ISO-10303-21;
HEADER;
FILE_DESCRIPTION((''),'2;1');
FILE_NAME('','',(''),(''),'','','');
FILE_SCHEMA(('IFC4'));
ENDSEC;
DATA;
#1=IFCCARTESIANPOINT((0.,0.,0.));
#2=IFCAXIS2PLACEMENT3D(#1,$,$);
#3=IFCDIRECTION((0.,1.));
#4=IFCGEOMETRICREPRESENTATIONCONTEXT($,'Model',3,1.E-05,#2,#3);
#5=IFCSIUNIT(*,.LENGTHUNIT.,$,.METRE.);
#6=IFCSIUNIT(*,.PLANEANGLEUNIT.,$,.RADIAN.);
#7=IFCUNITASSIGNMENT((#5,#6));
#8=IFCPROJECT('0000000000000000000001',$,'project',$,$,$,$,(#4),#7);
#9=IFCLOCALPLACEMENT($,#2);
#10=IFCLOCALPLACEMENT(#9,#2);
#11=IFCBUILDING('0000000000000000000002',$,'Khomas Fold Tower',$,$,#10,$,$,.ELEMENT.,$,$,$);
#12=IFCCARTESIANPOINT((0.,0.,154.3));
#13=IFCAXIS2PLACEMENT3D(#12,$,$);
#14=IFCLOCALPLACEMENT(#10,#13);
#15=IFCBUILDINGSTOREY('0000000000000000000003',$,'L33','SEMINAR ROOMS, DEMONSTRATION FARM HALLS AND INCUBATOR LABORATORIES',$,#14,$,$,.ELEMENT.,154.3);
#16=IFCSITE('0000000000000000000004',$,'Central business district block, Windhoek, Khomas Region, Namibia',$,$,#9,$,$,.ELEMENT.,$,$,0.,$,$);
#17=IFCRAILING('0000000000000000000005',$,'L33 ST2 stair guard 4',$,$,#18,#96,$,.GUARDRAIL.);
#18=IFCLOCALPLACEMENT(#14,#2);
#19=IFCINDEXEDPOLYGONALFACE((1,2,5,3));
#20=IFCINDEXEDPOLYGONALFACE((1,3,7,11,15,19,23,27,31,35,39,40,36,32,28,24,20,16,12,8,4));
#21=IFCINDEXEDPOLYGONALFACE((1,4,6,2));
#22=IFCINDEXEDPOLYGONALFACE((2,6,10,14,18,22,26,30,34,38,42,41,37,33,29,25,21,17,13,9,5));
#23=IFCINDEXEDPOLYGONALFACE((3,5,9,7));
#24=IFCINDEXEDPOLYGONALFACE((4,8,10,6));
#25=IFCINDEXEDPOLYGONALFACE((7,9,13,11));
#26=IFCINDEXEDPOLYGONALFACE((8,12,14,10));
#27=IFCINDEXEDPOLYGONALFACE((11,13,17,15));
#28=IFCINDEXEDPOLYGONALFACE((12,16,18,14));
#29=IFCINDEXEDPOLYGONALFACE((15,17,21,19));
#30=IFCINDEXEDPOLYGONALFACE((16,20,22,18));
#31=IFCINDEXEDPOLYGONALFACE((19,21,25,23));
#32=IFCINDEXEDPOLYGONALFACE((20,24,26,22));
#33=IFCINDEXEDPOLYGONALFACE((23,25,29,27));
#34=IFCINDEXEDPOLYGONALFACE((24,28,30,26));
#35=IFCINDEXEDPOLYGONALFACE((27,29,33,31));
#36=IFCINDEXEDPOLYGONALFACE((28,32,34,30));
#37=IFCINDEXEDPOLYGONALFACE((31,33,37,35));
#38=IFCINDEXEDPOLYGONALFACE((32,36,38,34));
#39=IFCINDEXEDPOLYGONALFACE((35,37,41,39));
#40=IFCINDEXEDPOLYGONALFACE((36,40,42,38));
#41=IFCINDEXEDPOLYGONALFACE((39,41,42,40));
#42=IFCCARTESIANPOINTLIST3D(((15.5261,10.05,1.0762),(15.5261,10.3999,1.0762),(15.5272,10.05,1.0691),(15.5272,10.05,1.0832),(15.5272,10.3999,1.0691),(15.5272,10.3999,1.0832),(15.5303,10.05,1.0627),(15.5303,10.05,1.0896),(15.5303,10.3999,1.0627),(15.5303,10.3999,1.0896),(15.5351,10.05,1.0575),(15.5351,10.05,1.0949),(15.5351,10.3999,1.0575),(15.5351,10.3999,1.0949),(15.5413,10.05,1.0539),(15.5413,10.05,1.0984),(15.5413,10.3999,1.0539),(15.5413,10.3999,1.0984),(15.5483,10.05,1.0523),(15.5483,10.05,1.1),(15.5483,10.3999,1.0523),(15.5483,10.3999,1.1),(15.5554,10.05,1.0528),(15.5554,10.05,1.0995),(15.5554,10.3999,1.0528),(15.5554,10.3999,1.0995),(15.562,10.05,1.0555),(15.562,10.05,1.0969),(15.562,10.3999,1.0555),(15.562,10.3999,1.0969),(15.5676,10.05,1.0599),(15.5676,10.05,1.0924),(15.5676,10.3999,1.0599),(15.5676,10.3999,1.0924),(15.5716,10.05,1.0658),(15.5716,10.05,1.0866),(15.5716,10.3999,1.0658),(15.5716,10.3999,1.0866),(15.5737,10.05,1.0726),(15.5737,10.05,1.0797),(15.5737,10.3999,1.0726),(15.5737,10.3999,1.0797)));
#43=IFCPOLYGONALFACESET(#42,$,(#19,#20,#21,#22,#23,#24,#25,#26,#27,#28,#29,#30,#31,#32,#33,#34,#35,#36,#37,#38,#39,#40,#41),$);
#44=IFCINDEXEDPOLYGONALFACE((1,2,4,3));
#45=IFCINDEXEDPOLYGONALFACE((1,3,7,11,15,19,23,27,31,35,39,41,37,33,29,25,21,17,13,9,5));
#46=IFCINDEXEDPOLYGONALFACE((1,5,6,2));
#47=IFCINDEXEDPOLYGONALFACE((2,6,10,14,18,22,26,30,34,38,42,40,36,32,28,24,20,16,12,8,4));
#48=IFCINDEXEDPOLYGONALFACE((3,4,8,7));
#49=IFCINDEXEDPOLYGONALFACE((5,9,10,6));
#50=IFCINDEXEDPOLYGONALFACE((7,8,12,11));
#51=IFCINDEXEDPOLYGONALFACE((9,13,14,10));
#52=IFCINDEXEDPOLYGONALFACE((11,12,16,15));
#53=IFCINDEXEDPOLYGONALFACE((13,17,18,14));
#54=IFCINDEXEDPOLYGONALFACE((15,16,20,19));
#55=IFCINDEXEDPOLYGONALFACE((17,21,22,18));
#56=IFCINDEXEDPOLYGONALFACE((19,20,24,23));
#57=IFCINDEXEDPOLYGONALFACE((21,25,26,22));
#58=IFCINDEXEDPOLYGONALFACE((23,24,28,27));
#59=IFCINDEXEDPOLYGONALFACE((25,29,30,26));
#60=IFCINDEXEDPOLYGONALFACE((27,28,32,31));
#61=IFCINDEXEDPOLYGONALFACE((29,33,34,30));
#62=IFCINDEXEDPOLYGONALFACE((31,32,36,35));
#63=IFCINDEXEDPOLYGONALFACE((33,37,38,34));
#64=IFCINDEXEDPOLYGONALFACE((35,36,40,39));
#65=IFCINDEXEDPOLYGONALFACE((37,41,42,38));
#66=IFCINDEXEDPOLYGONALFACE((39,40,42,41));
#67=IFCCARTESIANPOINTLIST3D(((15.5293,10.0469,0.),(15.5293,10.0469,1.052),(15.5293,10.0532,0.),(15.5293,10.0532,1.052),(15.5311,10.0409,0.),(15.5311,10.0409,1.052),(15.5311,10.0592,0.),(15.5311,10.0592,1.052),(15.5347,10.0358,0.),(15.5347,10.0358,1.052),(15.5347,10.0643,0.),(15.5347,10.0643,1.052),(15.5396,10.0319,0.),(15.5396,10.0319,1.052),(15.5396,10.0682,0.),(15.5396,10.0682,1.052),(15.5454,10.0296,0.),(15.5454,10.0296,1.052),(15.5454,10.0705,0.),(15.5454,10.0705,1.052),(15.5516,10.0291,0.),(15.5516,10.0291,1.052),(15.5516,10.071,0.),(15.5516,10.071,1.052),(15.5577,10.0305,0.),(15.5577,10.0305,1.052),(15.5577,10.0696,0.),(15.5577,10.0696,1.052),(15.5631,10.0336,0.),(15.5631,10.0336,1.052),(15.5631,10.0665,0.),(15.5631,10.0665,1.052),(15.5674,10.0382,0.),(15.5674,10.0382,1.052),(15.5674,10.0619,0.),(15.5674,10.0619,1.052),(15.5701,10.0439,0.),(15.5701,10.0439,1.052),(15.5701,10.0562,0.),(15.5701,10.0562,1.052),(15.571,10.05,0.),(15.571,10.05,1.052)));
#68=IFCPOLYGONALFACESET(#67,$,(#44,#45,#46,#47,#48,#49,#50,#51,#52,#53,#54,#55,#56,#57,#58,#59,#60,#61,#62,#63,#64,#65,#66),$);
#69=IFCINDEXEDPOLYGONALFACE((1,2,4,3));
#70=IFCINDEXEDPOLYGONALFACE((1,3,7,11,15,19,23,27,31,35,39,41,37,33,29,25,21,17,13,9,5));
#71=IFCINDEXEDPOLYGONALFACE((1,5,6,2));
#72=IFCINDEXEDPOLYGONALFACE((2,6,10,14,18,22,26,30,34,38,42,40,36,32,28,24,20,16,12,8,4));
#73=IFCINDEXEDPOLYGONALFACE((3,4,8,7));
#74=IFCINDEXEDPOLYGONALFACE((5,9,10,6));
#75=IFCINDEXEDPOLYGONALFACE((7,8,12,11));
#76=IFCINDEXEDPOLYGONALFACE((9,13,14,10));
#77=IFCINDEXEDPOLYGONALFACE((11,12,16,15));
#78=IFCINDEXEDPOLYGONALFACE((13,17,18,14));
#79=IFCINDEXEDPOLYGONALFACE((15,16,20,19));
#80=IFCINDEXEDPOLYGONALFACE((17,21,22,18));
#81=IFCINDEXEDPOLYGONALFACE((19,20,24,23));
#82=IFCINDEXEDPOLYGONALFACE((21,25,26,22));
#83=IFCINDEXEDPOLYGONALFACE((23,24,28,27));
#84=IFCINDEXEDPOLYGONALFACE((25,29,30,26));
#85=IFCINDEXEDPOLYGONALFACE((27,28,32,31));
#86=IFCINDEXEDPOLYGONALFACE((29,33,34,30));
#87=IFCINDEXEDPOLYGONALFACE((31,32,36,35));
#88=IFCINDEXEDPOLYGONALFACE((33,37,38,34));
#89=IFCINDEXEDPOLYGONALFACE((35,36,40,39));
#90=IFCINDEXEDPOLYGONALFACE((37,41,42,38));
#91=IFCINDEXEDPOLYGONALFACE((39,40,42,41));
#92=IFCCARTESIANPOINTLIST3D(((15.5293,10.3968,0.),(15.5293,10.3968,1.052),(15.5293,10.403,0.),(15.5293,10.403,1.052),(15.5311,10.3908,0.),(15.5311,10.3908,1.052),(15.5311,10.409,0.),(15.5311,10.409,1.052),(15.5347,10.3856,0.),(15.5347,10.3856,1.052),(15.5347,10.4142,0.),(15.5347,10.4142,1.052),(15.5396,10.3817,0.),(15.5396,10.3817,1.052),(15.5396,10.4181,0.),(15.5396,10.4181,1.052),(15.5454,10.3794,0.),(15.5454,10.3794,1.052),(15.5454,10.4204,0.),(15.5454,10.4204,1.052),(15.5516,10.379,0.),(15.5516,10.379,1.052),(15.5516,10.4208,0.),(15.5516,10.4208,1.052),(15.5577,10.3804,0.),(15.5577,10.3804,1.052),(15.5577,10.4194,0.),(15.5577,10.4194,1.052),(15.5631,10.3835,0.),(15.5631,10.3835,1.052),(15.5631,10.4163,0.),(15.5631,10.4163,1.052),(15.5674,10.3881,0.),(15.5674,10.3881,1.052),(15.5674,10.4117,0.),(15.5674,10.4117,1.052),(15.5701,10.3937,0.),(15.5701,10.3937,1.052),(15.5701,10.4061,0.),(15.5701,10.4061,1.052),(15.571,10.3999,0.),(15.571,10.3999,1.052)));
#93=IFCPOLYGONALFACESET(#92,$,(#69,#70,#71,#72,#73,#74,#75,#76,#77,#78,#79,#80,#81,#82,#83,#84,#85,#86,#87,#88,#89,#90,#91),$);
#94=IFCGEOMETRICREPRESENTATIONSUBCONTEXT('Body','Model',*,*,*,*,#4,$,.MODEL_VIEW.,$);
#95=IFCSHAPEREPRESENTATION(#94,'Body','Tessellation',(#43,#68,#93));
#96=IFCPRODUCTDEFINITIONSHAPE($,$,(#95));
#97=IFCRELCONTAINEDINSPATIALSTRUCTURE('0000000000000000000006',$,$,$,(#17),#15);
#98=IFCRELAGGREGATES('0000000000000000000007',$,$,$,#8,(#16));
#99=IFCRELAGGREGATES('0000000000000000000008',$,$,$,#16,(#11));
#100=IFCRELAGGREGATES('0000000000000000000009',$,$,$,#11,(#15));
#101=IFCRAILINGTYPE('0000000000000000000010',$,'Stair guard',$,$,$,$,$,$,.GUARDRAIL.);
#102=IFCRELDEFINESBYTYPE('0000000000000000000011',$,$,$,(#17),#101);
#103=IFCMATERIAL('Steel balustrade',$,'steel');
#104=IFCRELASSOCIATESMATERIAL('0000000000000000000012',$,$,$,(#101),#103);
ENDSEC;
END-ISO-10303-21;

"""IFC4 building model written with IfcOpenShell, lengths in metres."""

from ifc_helpers import new_model, si_unit, direction, frame, origin, origin_2d, place, context, subcontext, project, spatial, circle, extrude, source, transform, mapped, material, type_object, element, save


model = new_model("IFC4")

# Units and contexts
model_context = context("Model", 3, precision=1e-05, world=origin(), true_north=direction((0.0, 1.0)))
body_context = subcontext(model_context, "Body", "Model", "MODEL_VIEW")
ifc_project = project(units=[si_unit("LENGTHUNIT", "METRE"), si_unit("PLANEANGLEUNIT", "RADIAN")], contexts=[model_context])

# Site, building, storey
site_placement = place(None, origin())
site = spatial("IfcSite", under=ifc_project, at=site_placement, Name="Central business district block, Windhoek, Khomas Region, Namibia", CompositionType="ELEMENT", RefElevation=0.0)
building_placement = place(site_placement, origin())
building = spatial("IfcBuilding", under=site, at=building_placement, Name="Khomas Fold Tower", CompositionType="ELEMENT")
storey_placement = place(building_placement, frame((0.0, 0.0, 154.3)))
storey = spatial("IfcBuildingStorey", under=building, at=storey_placement, Name="L33", Description="SEMINAR ROOMS, DEMONSTRATION FARM HALLS AND INCUBATOR LABORATORIES", CompositionType="ELEMENT", Elevation=154.3)

# Railing
ifc_material_1 = material(Name="Steel balustrade", Category="steel")
railing_type_1 = type_object("IfcRailingType", Name="Stair guard", PredefinedType="GUARDRAIL", material=ifc_material_1)
shared_shape_1 = source(origin(), body_context, "Body", "SweptSolid", [
    extrude(circle(Radius=0.0239, at=origin_2d()), frame((0.0, 0.0, 1.0762), z_axis=(0.0, 1.0, 0.0), x_axis=(-1.0, 0.0, 0.0)), (0.0, 0.0, 1.0), 0.3499),
    extrude(circle(Radius=0.021, at=origin_2d()), origin(), (0.0, 0.0, 1.0), 1.052),
    extrude(circle(Radius=0.021, at=origin_2d()), frame((0.0, 0.3499, 0.0)), (0.0, 0.0, 1.0), 1.052),
])
for number, where, name in (
    (1, (15.55, 10.05, 0.0), "L33 ST2 stair guard 4"),
):
    element("IfcRailing", number, at=place(storey_placement, frame(where)), inside=storey, type_object=railing_type_1, Name=name, PredefinedType="GUARDRAIL", context=body_context, shape_type="MappedRepresentation", body=[
        mapped(shared_shape_1, transform((0.0, 0.0, 0.0))),
    ])

save(model, "model.ifc")
